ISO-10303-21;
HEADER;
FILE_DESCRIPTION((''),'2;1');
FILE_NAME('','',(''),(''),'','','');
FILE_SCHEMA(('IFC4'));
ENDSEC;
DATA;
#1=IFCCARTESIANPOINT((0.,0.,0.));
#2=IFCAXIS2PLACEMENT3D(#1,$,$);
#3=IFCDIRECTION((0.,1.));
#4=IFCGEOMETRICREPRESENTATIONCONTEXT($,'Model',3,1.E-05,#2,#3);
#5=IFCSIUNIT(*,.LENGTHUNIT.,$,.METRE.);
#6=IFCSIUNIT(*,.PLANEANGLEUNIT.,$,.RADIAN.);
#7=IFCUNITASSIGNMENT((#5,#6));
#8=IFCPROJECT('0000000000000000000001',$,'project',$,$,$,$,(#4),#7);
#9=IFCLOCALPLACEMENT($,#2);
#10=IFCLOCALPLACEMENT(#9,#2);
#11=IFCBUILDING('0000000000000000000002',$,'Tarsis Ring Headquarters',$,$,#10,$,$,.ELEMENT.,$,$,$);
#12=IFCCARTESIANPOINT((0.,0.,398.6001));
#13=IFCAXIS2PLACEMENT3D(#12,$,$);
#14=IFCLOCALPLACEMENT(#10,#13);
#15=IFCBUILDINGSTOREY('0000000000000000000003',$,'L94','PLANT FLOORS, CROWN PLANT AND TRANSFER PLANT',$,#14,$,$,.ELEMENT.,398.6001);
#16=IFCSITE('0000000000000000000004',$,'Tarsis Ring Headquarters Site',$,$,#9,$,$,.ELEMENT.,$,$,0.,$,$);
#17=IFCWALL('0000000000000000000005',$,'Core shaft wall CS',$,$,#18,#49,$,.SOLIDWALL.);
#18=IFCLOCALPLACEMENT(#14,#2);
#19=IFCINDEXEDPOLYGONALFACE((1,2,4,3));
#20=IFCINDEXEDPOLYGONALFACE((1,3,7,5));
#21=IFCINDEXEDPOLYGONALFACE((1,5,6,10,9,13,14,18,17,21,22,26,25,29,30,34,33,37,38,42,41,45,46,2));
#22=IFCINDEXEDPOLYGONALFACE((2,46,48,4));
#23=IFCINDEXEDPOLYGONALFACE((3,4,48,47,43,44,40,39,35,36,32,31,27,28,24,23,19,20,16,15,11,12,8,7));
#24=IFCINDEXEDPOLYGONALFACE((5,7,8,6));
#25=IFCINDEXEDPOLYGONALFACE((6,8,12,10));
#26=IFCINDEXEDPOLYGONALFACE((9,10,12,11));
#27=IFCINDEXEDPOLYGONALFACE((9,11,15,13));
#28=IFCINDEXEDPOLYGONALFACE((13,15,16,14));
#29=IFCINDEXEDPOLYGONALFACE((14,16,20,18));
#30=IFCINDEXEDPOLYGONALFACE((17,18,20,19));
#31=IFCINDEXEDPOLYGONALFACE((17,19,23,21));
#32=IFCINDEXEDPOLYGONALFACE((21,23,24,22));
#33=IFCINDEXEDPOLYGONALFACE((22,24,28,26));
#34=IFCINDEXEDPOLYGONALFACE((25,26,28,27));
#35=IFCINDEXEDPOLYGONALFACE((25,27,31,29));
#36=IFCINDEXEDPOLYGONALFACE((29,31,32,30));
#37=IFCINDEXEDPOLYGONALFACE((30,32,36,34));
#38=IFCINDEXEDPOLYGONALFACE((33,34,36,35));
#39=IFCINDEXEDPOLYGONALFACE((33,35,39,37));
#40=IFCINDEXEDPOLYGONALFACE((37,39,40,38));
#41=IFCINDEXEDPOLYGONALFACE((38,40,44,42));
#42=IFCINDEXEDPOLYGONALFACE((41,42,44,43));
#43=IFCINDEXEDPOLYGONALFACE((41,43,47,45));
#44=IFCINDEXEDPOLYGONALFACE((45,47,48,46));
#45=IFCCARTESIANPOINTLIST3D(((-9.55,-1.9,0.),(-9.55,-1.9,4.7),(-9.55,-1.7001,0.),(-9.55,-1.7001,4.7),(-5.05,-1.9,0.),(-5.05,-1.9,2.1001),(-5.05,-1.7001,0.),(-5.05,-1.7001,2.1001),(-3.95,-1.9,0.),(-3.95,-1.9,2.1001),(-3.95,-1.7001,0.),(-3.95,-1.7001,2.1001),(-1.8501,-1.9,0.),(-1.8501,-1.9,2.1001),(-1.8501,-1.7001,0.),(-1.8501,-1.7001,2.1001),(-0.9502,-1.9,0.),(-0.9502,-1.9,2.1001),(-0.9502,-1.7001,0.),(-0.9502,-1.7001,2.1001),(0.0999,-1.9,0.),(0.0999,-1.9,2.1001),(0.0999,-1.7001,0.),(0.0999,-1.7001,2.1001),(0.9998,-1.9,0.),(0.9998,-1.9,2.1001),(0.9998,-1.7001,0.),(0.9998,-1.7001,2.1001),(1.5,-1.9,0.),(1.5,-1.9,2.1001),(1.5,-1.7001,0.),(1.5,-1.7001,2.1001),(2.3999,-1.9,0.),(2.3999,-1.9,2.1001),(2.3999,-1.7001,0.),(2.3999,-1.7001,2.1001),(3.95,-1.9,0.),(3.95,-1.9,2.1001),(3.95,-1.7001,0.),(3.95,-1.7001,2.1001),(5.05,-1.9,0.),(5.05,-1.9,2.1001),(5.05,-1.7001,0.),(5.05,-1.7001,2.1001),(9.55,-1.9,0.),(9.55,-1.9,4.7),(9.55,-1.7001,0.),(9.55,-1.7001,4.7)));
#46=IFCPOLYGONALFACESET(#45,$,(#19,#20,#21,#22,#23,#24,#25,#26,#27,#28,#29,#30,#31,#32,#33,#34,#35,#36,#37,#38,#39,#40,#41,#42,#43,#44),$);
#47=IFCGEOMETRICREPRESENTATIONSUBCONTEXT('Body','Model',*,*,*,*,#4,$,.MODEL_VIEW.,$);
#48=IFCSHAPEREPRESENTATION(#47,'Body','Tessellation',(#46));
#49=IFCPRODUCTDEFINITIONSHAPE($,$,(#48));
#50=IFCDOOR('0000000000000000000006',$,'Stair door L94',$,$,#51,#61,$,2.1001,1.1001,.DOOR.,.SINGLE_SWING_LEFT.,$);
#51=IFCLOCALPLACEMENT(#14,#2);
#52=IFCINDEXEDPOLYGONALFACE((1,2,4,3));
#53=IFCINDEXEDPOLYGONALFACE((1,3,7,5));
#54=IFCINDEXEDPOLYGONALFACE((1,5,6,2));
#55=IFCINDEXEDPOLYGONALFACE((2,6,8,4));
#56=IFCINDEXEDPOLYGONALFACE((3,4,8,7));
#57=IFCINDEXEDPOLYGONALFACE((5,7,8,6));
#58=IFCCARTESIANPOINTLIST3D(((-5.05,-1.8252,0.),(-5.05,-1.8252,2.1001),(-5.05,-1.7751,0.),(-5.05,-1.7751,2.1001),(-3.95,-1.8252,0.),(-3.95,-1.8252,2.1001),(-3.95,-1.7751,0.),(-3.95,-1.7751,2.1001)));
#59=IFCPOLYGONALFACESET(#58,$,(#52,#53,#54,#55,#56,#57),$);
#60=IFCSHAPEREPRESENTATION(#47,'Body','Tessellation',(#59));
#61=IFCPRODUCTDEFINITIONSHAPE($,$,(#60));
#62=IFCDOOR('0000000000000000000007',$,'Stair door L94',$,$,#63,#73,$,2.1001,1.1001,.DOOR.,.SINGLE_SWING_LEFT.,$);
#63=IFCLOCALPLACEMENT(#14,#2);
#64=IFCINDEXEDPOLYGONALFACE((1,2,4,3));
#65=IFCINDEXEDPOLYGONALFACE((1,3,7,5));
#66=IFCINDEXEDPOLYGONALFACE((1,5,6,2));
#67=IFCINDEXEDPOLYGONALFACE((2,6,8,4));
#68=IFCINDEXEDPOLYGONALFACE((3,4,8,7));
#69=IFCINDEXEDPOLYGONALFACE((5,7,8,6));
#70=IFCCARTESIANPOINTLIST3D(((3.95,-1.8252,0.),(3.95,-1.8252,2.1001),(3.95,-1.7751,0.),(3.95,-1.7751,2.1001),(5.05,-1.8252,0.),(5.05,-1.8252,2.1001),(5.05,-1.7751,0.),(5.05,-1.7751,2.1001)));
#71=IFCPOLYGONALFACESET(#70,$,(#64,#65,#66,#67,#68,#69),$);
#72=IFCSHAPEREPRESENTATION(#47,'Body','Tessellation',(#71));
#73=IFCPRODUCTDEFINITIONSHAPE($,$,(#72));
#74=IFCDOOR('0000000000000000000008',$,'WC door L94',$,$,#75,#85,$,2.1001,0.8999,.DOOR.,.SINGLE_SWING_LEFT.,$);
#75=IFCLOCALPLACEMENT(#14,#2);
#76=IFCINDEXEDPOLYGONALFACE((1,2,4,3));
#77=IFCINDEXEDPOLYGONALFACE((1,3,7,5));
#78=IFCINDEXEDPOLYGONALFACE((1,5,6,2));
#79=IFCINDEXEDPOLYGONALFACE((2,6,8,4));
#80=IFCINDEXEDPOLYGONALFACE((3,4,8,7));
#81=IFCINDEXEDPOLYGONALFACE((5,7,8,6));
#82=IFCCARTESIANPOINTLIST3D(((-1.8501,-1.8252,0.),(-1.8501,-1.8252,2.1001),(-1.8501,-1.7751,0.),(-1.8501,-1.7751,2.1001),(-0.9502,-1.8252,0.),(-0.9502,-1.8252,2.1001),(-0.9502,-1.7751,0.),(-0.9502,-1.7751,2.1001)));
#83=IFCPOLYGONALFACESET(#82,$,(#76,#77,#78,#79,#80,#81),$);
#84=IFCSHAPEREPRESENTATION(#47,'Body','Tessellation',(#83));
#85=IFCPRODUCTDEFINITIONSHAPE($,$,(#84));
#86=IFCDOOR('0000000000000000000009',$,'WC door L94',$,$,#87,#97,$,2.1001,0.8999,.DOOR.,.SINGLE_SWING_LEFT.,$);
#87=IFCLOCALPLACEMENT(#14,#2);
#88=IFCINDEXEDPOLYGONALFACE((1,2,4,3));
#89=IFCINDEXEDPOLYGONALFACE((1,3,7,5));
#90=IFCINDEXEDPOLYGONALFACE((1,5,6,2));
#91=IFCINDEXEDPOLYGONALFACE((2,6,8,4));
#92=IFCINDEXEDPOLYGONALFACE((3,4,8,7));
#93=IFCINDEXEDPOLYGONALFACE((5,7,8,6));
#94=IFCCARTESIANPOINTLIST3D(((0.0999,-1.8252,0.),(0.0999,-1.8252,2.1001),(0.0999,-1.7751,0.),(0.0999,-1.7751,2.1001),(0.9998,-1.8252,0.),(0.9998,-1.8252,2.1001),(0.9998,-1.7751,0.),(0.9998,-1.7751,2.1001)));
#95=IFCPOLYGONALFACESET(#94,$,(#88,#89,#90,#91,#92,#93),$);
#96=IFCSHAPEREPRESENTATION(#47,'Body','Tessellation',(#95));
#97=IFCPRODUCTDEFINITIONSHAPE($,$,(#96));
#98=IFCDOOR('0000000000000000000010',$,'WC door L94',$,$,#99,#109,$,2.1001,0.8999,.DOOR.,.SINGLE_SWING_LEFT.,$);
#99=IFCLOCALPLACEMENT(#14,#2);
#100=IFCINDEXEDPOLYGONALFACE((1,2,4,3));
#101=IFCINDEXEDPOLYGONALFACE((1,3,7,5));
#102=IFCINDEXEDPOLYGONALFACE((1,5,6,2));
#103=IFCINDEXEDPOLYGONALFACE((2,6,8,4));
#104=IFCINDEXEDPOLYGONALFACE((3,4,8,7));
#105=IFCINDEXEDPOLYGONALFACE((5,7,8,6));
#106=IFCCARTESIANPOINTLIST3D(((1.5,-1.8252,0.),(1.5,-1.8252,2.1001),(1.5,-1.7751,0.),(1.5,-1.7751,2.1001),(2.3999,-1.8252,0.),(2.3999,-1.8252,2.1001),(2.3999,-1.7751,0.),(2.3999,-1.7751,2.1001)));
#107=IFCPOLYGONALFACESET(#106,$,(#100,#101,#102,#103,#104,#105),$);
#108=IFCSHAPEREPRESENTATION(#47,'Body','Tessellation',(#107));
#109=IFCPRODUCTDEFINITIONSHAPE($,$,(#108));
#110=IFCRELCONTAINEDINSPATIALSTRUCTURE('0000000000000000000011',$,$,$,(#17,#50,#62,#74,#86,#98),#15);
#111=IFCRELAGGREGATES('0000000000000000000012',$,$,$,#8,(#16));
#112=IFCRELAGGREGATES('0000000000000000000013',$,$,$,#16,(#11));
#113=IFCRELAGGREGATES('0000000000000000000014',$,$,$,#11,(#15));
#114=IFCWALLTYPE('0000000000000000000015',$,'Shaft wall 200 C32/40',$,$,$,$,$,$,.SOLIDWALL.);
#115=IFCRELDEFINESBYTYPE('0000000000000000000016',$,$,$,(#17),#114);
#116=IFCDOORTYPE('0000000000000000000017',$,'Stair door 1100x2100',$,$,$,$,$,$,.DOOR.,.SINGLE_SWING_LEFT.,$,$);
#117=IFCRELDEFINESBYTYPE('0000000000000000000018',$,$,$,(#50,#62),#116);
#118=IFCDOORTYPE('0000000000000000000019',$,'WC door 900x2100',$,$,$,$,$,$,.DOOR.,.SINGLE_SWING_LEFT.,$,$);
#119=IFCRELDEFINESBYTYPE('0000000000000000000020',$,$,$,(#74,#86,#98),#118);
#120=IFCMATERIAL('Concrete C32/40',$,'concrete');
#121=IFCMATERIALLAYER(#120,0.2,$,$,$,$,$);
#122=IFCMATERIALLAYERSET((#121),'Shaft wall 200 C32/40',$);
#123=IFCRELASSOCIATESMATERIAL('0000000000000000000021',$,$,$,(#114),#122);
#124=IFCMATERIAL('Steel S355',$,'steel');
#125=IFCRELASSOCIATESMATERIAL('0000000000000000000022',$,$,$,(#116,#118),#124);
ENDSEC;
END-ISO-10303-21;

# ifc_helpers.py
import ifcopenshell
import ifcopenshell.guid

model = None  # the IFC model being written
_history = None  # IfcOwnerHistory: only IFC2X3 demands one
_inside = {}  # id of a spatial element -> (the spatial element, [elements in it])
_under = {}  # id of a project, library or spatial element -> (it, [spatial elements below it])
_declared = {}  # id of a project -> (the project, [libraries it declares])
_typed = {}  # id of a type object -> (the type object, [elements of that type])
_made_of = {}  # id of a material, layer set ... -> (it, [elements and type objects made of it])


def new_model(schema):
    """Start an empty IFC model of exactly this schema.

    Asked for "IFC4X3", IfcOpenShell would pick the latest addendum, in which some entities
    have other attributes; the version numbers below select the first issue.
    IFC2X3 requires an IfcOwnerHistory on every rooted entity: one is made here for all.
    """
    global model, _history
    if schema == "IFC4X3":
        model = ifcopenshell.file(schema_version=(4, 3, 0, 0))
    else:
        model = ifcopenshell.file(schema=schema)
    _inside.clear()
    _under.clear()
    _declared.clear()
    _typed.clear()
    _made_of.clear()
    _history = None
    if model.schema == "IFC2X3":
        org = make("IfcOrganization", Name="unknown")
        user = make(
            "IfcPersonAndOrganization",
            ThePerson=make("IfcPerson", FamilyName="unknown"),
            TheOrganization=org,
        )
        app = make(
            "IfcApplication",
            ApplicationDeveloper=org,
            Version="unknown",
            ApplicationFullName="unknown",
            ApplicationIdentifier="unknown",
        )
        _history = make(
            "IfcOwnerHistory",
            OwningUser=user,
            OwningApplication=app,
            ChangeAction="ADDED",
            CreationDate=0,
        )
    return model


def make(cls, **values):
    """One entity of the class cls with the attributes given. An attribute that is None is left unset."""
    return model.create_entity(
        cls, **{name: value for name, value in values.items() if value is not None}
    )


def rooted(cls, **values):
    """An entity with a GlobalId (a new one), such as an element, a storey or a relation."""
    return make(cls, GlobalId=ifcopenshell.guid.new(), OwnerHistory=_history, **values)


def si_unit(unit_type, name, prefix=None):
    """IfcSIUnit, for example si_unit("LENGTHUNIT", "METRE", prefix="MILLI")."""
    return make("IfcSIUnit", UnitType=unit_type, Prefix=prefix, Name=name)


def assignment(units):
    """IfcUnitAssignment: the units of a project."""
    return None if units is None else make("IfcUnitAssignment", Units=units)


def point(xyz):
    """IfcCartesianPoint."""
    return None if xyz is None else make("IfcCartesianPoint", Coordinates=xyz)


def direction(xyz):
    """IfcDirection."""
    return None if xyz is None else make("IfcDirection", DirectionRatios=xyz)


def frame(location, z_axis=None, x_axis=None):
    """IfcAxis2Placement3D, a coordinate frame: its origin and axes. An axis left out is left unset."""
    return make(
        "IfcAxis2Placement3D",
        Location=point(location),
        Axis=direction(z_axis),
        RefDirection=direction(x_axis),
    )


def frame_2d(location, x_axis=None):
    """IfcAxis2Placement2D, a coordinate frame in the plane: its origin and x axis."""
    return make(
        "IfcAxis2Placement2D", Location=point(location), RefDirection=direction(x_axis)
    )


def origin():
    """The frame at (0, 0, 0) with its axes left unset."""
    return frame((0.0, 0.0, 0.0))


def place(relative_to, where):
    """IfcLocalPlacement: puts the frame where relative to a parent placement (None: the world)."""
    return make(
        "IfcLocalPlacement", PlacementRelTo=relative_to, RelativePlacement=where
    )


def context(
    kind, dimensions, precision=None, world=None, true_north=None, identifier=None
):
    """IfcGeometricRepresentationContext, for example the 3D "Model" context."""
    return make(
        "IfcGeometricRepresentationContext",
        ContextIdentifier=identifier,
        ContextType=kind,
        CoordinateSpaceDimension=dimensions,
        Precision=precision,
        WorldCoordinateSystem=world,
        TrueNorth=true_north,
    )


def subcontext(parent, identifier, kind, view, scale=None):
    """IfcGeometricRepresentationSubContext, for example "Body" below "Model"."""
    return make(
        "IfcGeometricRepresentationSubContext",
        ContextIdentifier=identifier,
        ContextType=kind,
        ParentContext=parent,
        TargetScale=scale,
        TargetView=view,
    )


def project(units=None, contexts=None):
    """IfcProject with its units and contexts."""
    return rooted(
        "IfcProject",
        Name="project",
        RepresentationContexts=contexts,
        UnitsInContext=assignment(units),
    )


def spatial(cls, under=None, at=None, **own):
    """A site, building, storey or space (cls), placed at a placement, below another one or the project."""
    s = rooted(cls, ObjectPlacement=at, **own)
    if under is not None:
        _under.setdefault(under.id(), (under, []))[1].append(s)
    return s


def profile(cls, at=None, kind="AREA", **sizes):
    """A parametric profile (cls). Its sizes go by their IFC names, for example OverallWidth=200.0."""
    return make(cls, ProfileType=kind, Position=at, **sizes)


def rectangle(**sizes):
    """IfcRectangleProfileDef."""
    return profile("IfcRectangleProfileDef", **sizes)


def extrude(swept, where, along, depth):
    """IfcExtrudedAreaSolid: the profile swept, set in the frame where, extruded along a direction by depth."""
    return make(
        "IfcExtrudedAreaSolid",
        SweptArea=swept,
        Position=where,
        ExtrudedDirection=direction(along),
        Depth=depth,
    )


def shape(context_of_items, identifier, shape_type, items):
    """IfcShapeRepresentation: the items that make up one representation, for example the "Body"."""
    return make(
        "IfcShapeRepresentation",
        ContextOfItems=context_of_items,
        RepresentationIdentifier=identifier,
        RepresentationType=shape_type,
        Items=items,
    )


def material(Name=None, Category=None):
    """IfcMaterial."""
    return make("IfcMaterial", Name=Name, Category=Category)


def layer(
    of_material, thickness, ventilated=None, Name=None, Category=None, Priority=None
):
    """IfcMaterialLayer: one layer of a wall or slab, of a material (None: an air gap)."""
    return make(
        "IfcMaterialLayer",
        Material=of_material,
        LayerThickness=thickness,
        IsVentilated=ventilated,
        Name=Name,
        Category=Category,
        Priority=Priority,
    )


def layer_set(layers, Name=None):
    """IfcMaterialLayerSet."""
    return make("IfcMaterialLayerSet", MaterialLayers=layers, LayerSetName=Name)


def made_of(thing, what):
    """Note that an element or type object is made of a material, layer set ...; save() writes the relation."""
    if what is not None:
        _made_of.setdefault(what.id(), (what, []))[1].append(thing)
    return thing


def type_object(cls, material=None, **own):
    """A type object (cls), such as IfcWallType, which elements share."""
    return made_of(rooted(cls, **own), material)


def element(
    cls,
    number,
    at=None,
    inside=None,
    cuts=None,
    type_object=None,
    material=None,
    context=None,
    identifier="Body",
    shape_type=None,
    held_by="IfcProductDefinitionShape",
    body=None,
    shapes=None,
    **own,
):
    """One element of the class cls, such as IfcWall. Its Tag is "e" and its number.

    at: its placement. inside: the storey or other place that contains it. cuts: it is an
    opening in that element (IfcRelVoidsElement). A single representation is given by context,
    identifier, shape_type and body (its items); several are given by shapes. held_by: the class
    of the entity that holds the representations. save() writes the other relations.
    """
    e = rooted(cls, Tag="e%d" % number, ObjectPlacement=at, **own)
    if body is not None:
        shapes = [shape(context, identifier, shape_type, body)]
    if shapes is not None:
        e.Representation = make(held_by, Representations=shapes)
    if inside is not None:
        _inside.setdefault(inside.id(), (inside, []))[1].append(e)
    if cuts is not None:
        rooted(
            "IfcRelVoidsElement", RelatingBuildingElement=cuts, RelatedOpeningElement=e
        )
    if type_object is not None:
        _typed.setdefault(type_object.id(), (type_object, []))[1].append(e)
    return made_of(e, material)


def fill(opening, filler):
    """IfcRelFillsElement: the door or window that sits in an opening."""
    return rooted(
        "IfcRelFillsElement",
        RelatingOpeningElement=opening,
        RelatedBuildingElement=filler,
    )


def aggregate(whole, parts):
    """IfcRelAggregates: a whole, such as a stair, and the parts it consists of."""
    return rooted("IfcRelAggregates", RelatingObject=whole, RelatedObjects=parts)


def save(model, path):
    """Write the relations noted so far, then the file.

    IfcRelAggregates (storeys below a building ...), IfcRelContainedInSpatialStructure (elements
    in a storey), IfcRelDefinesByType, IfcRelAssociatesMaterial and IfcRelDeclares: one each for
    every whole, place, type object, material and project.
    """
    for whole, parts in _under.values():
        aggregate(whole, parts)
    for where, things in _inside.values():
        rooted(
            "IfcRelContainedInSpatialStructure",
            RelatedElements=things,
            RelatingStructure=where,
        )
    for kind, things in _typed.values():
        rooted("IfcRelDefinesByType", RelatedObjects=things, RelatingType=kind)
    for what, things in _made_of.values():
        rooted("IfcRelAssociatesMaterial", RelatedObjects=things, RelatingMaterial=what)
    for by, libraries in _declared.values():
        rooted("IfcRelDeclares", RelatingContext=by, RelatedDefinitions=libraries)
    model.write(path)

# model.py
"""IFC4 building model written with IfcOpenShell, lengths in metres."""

from ifc_helpers import new_model, si_unit, direction, frame, frame_2d, origin, place, context, subcontext, project, spatial, rectangle, extrude, material, layer, layer_set, type_object, element, fill, save


model = new_model("IFC4")

# Units and contexts
model_context = context("Model", 3, precision=1e-05, world=origin(), true_north=direction((0.0, 1.0)))
body_context = subcontext(model_context, "Body", "Model", "MODEL_VIEW")
ifc_project = project(units=[si_unit("LENGTHUNIT", "METRE"), si_unit("PLANEANGLEUNIT", "RADIAN")], contexts=[model_context])

# Site, building, storey
site_placement = place(None, origin())
site = spatial("IfcSite", under=ifc_project, at=site_placement, Name="Tarsis Ring Headquarters Site", CompositionType="ELEMENT", RefElevation=0.0)
building_placement = place(site_placement, origin())
building = spatial("IfcBuilding", under=site, at=building_placement, Name="Tarsis Ring Headquarters", CompositionType="ELEMENT")
storey_placement = place(building_placement, frame((0.0, 0.0, 398.6001)))
storey = spatial("IfcBuildingStorey", under=building, at=storey_placement, Name="L94", Description="PLANT FLOORS, CROWN PLANT AND TRANSFER PLANT", CompositionType="ELEMENT", Elevation=398.6001)

# Wall, openings, doors
ifc_material_1 = material(Name="Concrete C32/40", Category="concrete")
ifc_layer_1 = layer(ifc_material_1, 0.2)
ifc_layer_set_1 = layer_set([ifc_layer_1], Name="Shaft wall 200 C32/40")
wall_type_1 = type_object("IfcWallType", Name="Shaft wall 200 C32/40", PredefinedType="SOLIDWALL", material=ifc_layer_set_1)
ifc_material_2 = material(Name="Steel S355", Category="steel")
door_type_1 = type_object("IfcDoorType", Name="Stair door 1100x2100", OperationType="SINGLE_SWING_LEFT", PredefinedType="DOOR", material=ifc_material_2)
wall_1_placement = place(storey_placement, frame((-9.55, -1.8, 0.0), z_axis=(0.0, 0.0, 1.0), x_axis=(1.0, 0.0, 0.0)))
wall_1 = element("IfcWall", 1, at=wall_1_placement, inside=storey, type_object=wall_type_1, Name="Core shaft wall CS", PredefinedType="SOLIDWALL", context=body_context, shape_type="SweptSolid", body=[
    extrude(rectangle(XDim=19.1001, YDim=0.2, at=frame_2d((9.55, 0.0))), origin(), (0.0, 0.0, 1.0), 4.7),
])
opening_1_placement = place(wall_1_placement, frame((4.5, 0.0, 0.0)))
opening_1 = element("IfcOpeningElement", 2, at=opening_1_placement, cuts=wall_1, PredefinedType="OPENING", context=body_context, shape_type="SweptSolid", body=[
    extrude(rectangle(XDim=1.1001, YDim=2.1001, at=frame_2d((0.55, 1.05))), frame((0.0, 0.1099, 0.0), z_axis=(0.0, -1.0, 0.0), x_axis=(1.0, 0.0, 0.0)), (0.0, 0.0, 1.0), 0.22),
])
opening_2_placement = place(wall_1_placement, frame((7.7, 0.0, 0.0)))
opening_2 = element("IfcOpeningElement", 3, at=opening_2_placement, cuts=wall_1, PredefinedType="OPENING", context=body_context, shape_type="SweptSolid", body=[
    extrude(rectangle(XDim=0.8999, YDim=2.1001, at=frame_2d((0.45, 1.05))), frame((0.0, 0.1099, 0.0), z_axis=(0.0, -1.0, 0.0), x_axis=(1.0, 0.0, 0.0)), (0.0, 0.0, 1.0), 0.22),
])
opening_3_placement = place(wall_1_placement, frame((9.6499, 0.0, 0.0)))
opening_3 = element("IfcOpeningElement", 4, at=opening_3_placement, cuts=wall_1, PredefinedType="OPENING", context=body_context, shape_type="SweptSolid", body=[
    extrude(rectangle(XDim=0.8999, YDim=2.1001, at=frame_2d((0.45, 1.05))), frame((0.0, 0.1099, 0.0), z_axis=(0.0, -1.0, 0.0), x_axis=(1.0, 0.0, 0.0)), (0.0, 0.0, 1.0), 0.22),
])
opening_4_placement = place(wall_1_placement, frame((11.05, 0.0, 0.0)))
opening_4 = element("IfcOpeningElement", 5, at=opening_4_placement, cuts=wall_1, PredefinedType="OPENING", context=body_context, shape_type="SweptSolid", body=[
    extrude(rectangle(XDim=0.8999, YDim=2.1001, at=frame_2d((0.45, 1.05))), frame((0.0, 0.1099, 0.0), z_axis=(0.0, -1.0, 0.0), x_axis=(1.0, 0.0, 0.0)), (0.0, 0.0, 1.0), 0.22),
])
opening_5_placement = place(wall_1_placement, frame((13.5, 0.0, 0.0)))
opening_5 = element("IfcOpeningElement", 6, at=opening_5_placement, cuts=wall_1, PredefinedType="OPENING", context=body_context, shape_type="SweptSolid", body=[
    extrude(rectangle(XDim=1.1001, YDim=2.1001, at=frame_2d((0.55, 1.05))), frame((0.0, 0.1099, 0.0), z_axis=(0.0, -1.0, 0.0), x_axis=(1.0, 0.0, 0.0)), (0.0, 0.0, 1.0), 0.22),
])
door_1_placement = place(opening_1_placement, origin())
door_1 = element("IfcDoor", 7, at=door_1_placement, inside=storey, type_object=door_type_1, Name="Stair door L94", OperationType="SINGLE_SWING_LEFT", OverallHeight=2.1001, OverallWidth=1.1001, PredefinedType="DOOR", context=body_context, shape_type="SweptSolid", body=[
    extrude(rectangle(XDim=1.1001, YDim=2.1001, at=frame_2d((0.55, 1.05))), frame((0.0, 0.0249, 0.0), z_axis=(0.0, -1.0, 0.0), x_axis=(1.0, 0.0, 0.0)), (0.0, 0.0, 1.0), 0.05),
])
fill(opening_1, door_1)
door_2_placement = place(opening_5_placement, origin())
door_2 = element("IfcDoor", 8, at=door_2_placement, inside=storey, type_object=door_type_1, Name="Stair door L94", OperationType="SINGLE_SWING_LEFT", OverallHeight=2.1001, OverallWidth=1.1001, PredefinedType="DOOR", context=body_context, shape_type="SweptSolid", body=[
    extrude(rectangle(XDim=1.1001, YDim=2.1001, at=frame_2d((0.55, 1.05))), frame((0.0, 0.0249, 0.0), z_axis=(0.0, -1.0, 0.0), x_axis=(1.0, 0.0, 0.0)), (0.0, 0.0, 1.0), 0.05),
])
fill(opening_5, door_2)
door_type_2 = type_object("IfcDoorType", Name="WC door 900x2100", OperationType="SINGLE_SWING_LEFT", PredefinedType="DOOR", material=ifc_material_2)
door_3_placement = place(opening_2_placement, origin())
door_3 = element("IfcDoor", 9, at=door_3_placement, inside=storey, type_object=door_type_2, Name="WC door L94", OperationType="SINGLE_SWING_LEFT", OverallHeight=2.1001, OverallWidth=0.8999, PredefinedType="DOOR", context=body_context, shape_type="SweptSolid", body=[
    extrude(rectangle(XDim=0.8999, YDim=2.1001, at=frame_2d((0.45, 1.05))), frame((0.0, 0.0249, 0.0), z_axis=(0.0, -1.0, 0.0), x_axis=(1.0, 0.0, 0.0)), (0.0, 0.0, 1.0), 0.05),
])
fill(opening_2, door_3)
door_4_placement = place(opening_3_placement, origin())
door_4 = element("IfcDoor", 10, at=door_4_placement, inside=storey, type_object=door_type_2, Name="WC door L94", OperationType="SINGLE_SWING_LEFT", OverallHeight=2.1001, OverallWidth=0.8999, PredefinedType="DOOR", context=body_context, shape_type="SweptSolid", body=[
    extrude(rectangle(XDim=0.8999, YDim=2.1001, at=frame_2d((0.45, 1.05))), frame((0.0, 0.0249, 0.0), z_axis=(0.0, -1.0, 0.0), x_axis=(1.0, 0.0, 0.0)), (0.0, 0.0, 1.0), 0.05),
])
fill(opening_3, door_4)
door_5_placement = place(opening_4_placement, origin())
door_5 = element("IfcDoor", 11, at=door_5_placement, inside=storey, type_object=door_type_2, Name="WC door L94", OperationType="SINGLE_SWING_LEFT", OverallHeight=2.1001, OverallWidth=0.8999, PredefinedType="DOOR", context=body_context, shape_type="SweptSolid", body=[
    extrude(rectangle(XDim=0.8999, YDim=2.1001, at=frame_2d((0.45, 1.05))), frame((0.0, 0.0249, 0.0), z_axis=(0.0, -1.0, 0.0), x_axis=(1.0, 0.0, 0.0)), (0.0, 0.0, 1.0), 0.05),
])
fill(opening_4, door_5)

save(model, "model.ifc")
